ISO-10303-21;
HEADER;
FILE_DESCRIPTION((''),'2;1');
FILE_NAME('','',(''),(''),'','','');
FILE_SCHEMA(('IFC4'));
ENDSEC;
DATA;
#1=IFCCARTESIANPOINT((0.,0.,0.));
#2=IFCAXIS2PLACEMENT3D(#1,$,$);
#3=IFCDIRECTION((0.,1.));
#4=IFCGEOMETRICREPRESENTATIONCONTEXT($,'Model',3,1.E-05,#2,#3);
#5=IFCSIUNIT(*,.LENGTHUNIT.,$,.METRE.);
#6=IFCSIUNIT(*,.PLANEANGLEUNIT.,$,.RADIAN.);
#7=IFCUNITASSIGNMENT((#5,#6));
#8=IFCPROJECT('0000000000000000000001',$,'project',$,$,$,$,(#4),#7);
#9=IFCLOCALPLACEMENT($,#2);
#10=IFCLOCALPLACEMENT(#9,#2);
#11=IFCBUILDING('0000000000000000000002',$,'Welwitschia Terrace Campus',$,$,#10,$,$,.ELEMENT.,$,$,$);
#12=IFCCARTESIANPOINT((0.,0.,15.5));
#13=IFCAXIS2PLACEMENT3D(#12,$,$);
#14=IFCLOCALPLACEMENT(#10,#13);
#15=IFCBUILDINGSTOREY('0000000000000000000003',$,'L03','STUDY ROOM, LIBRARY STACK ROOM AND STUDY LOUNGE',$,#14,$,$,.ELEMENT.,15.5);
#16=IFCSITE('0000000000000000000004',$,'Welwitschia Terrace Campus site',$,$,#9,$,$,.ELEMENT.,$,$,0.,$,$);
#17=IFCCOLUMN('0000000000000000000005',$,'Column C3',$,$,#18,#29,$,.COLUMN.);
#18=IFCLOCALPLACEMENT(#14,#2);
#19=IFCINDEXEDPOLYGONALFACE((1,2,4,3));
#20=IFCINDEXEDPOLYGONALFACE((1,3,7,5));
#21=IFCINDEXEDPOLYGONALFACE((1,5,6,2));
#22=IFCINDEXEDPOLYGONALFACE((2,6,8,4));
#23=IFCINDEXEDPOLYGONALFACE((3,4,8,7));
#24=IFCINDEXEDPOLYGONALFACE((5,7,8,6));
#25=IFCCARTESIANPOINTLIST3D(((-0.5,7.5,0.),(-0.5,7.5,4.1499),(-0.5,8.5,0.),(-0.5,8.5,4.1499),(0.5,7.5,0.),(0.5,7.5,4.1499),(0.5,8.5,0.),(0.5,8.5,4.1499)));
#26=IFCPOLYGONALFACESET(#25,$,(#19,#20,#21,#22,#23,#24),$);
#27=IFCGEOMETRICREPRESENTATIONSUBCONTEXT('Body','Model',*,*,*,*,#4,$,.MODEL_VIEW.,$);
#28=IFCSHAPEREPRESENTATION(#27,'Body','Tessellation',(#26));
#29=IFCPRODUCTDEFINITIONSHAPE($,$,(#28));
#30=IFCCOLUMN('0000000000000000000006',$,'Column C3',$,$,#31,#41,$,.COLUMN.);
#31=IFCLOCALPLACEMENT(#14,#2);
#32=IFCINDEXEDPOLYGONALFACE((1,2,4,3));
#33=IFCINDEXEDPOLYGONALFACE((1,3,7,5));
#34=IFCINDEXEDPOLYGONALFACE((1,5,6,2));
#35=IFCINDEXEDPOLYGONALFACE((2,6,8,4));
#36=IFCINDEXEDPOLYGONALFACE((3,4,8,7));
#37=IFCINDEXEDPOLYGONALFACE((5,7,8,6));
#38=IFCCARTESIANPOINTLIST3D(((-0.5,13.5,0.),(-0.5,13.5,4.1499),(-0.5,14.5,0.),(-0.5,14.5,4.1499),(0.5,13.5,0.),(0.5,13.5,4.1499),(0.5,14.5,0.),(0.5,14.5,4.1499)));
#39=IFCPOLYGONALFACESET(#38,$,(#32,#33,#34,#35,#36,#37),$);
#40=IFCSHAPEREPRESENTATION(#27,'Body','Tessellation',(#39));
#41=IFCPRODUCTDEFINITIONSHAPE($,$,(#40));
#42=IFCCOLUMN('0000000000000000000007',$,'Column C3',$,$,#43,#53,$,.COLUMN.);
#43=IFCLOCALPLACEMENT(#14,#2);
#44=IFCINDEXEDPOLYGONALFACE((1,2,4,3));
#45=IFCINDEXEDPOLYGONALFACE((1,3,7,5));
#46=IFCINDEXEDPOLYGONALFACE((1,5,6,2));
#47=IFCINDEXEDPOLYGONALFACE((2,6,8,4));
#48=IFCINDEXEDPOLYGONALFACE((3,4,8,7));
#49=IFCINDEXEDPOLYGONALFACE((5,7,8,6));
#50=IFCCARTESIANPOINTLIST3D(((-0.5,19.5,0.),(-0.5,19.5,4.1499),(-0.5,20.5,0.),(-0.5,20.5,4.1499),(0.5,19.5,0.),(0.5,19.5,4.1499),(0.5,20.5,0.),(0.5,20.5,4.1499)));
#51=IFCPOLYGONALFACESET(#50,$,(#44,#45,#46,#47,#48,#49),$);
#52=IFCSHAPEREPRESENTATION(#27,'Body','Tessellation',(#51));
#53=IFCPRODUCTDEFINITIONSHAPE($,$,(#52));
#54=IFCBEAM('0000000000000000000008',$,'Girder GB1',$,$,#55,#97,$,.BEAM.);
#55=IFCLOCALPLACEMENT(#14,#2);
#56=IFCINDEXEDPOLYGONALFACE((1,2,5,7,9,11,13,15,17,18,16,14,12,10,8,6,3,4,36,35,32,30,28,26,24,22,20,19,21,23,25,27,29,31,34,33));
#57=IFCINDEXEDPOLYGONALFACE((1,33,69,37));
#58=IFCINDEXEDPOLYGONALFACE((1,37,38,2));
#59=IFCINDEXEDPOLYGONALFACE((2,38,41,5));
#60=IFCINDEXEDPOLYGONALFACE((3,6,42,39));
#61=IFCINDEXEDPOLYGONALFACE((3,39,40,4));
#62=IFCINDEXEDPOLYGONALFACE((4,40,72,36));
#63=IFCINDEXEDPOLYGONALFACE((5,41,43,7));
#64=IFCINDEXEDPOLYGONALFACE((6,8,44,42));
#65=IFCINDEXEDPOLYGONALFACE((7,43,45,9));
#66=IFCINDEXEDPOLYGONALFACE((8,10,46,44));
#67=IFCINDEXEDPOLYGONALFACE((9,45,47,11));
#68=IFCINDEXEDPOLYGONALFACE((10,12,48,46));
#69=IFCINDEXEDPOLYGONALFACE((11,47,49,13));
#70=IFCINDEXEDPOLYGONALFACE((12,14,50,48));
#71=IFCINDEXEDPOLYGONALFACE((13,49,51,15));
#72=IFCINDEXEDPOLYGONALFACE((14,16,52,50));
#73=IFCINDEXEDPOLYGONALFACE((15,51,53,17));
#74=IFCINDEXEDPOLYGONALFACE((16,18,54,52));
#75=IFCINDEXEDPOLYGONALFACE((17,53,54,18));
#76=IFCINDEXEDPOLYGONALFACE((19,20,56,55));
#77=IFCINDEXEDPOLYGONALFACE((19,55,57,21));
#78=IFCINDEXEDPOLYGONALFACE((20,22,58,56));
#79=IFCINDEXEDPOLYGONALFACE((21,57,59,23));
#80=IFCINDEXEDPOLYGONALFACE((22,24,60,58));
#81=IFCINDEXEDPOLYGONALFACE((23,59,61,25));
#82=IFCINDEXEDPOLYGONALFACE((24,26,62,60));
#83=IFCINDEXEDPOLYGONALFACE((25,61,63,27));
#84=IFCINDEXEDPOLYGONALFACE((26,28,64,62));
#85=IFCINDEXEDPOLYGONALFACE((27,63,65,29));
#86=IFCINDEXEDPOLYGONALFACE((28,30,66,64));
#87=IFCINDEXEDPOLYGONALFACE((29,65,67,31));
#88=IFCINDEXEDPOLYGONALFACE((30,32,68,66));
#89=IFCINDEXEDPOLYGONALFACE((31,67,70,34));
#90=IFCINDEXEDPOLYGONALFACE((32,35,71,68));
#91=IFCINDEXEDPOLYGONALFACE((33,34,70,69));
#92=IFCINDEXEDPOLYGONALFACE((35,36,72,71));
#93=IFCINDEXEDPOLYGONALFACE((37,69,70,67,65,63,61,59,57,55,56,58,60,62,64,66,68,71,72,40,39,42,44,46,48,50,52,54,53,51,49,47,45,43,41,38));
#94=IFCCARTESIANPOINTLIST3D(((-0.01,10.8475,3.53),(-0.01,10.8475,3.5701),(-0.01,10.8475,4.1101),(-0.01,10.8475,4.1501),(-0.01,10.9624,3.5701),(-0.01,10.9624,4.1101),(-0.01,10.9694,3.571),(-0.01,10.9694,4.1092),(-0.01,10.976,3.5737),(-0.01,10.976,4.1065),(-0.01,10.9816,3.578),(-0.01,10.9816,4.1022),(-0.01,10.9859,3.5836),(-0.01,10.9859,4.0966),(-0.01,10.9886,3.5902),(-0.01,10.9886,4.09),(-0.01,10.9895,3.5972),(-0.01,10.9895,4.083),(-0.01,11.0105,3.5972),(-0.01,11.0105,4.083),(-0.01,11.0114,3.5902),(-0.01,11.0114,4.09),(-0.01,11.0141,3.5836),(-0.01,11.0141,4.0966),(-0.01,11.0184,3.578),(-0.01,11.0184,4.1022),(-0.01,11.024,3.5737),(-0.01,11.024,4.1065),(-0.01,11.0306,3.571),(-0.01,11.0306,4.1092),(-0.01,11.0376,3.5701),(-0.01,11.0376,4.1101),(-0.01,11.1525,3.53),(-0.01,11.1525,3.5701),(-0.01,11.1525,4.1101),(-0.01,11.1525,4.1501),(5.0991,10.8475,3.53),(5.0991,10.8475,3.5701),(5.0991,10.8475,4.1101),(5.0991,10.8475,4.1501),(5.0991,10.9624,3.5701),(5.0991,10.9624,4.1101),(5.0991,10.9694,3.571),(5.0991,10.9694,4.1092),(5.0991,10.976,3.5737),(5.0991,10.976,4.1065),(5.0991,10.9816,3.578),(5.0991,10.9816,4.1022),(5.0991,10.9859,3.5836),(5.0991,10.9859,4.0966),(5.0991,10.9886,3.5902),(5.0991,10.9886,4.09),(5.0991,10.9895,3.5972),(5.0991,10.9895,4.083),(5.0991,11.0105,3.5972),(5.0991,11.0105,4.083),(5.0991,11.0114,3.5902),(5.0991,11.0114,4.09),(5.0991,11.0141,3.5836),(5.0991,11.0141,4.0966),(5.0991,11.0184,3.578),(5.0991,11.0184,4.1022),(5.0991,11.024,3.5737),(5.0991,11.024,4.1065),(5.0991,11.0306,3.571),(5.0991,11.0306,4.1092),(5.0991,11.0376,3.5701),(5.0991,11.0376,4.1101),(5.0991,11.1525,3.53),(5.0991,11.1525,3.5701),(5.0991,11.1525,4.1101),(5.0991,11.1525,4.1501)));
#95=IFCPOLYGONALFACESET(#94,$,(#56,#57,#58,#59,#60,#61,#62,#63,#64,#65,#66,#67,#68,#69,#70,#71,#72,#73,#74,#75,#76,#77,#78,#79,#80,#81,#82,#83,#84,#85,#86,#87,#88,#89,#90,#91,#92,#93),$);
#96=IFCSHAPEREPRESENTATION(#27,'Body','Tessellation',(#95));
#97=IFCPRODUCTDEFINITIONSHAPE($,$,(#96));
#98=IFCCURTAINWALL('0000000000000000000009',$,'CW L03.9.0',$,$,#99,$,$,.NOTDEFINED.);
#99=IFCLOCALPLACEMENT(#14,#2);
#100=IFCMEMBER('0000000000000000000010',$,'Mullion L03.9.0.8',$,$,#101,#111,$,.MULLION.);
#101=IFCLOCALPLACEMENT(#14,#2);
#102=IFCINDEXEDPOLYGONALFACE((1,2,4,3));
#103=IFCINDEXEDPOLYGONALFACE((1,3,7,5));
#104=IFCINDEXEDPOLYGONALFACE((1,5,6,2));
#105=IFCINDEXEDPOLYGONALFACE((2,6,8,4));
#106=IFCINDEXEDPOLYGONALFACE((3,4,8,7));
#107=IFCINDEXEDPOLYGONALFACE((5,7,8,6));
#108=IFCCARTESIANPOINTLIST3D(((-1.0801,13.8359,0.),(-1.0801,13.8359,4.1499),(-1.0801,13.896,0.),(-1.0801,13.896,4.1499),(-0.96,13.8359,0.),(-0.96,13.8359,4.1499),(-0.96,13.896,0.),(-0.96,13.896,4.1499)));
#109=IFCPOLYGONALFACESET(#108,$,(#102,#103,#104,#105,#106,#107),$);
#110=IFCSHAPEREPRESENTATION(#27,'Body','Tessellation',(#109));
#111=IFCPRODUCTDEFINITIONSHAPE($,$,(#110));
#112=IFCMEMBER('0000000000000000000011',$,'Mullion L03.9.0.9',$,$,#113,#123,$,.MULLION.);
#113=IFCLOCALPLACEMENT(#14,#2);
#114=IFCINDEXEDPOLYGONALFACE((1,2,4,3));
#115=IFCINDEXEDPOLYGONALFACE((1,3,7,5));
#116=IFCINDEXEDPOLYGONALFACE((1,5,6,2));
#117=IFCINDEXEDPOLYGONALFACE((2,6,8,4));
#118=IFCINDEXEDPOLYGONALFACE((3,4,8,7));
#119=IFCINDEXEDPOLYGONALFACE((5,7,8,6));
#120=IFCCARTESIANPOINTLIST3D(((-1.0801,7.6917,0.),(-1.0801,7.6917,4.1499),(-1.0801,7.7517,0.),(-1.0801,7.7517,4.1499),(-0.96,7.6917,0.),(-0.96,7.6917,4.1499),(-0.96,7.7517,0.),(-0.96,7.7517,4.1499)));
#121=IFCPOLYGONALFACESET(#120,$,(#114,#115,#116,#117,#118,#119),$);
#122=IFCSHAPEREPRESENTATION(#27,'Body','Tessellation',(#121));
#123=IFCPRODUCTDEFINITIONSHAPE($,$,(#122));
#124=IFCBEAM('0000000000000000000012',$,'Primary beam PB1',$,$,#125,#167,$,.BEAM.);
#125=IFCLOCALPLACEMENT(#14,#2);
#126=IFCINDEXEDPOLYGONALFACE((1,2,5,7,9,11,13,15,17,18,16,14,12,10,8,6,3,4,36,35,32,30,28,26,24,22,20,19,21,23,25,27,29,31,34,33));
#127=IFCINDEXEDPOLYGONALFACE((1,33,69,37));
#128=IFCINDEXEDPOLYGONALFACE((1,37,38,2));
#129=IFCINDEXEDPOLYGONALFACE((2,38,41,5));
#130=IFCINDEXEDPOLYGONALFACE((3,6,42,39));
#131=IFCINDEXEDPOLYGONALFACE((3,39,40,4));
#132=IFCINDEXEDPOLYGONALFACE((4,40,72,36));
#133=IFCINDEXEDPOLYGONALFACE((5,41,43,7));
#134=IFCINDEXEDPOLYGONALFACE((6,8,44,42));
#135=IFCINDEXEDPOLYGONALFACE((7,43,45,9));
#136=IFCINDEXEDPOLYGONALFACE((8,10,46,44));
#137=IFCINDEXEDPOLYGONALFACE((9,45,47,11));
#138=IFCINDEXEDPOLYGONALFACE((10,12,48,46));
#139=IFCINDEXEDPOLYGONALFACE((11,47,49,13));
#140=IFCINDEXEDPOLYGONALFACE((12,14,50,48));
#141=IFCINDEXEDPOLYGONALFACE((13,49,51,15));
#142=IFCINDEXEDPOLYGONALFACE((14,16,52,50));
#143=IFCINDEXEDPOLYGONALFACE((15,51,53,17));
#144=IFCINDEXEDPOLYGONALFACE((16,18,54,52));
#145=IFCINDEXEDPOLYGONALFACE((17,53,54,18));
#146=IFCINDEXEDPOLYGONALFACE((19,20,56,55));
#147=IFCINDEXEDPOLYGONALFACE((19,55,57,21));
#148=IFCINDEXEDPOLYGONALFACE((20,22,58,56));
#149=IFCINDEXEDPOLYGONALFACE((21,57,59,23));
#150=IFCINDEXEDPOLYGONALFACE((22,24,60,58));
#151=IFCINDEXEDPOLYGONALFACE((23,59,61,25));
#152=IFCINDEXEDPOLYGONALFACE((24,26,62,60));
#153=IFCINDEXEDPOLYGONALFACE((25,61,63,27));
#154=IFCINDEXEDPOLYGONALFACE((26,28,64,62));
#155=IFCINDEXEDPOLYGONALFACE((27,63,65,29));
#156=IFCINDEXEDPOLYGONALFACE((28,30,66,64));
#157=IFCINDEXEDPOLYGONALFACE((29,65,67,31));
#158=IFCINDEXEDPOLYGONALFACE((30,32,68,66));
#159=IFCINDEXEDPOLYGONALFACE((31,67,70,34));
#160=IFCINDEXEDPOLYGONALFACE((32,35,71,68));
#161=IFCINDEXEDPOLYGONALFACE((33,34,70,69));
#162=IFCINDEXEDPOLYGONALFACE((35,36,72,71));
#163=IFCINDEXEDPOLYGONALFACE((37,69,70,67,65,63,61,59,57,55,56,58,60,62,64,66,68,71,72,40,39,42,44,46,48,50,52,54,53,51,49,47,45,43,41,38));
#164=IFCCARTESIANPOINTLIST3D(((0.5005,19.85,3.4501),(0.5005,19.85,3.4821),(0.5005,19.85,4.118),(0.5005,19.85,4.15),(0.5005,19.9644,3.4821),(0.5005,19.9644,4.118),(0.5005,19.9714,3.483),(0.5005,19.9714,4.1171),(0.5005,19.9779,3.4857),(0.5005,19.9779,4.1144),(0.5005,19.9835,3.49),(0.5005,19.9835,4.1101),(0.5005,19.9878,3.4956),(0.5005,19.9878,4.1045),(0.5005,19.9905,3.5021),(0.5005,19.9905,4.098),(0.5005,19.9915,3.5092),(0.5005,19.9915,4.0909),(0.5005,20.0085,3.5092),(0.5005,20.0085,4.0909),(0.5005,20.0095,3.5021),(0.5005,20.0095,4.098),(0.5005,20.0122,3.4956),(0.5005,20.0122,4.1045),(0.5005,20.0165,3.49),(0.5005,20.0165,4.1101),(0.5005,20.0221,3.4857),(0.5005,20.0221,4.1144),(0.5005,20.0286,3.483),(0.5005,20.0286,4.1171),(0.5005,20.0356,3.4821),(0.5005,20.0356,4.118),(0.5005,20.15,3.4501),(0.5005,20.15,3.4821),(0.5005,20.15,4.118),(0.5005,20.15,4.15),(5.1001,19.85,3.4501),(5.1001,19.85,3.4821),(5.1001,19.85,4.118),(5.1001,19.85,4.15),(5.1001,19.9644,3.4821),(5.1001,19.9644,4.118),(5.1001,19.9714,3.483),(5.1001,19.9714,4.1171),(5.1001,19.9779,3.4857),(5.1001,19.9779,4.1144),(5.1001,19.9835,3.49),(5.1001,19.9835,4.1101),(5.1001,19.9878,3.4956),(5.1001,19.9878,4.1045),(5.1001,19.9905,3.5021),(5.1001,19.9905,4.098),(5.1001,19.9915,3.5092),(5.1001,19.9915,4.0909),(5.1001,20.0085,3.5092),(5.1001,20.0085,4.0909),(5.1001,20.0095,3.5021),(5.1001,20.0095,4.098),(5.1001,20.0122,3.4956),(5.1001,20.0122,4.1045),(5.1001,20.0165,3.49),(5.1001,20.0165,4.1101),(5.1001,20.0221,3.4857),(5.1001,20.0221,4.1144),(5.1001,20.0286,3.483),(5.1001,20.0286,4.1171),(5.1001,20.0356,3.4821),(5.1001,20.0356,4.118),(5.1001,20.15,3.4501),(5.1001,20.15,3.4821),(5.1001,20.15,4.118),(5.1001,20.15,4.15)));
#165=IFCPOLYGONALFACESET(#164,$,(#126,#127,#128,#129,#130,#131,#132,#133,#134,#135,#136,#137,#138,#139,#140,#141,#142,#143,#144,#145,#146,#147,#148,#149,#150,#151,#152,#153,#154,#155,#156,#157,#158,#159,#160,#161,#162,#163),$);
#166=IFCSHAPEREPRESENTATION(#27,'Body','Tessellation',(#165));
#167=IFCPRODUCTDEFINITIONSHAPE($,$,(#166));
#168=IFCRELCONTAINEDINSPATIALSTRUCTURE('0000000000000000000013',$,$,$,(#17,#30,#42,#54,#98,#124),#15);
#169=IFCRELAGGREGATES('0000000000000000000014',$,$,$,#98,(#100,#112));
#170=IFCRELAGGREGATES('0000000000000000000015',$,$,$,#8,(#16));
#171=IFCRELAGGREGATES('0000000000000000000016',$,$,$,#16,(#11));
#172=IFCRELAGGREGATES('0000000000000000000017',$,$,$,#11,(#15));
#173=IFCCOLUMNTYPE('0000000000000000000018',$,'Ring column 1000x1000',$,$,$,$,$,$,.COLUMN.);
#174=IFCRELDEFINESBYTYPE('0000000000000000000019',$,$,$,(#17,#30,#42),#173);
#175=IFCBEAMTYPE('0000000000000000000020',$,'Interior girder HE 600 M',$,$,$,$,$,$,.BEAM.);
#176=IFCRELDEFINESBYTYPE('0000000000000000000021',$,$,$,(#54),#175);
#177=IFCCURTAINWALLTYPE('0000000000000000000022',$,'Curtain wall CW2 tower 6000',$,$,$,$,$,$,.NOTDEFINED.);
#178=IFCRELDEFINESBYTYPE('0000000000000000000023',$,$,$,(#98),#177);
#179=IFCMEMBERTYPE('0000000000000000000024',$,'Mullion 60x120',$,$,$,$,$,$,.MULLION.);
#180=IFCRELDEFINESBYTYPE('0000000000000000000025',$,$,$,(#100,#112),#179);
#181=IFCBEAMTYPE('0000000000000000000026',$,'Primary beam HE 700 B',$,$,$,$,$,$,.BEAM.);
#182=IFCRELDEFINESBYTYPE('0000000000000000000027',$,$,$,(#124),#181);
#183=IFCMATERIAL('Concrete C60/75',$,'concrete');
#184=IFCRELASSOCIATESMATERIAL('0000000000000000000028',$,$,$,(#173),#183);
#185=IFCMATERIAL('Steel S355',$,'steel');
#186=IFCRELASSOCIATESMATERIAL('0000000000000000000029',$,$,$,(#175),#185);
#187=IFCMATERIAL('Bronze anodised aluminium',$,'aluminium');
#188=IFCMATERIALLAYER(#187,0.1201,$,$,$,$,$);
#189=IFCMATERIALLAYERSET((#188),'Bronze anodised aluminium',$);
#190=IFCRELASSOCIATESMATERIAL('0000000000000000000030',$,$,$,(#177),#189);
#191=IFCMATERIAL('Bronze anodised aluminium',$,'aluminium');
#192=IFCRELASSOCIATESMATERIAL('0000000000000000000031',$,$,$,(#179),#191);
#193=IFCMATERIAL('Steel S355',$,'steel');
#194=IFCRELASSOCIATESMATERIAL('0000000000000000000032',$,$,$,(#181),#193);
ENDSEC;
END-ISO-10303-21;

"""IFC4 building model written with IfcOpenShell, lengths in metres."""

from ifc_helpers import new_model, si_unit, direction, frame, origin, origin_2d, place, context, subcontext, project, spatial, rectangle, i_section, extrude, material, layer, layer_set, material_profile, profile_set, type_object, element, aggregate, save


model = new_model("IFC4")

# Units and contexts
model_context = context("Model", 3, precision=1e-05, world=origin(), true_north=direction((0.0, 1.0)))
body_context = subcontext(model_context, "Body", "Model", "MODEL_VIEW")
ifc_project = project(units=[si_unit("LENGTHUNIT", "METRE"), si_unit("PLANEANGLEUNIT", "RADIAN")], contexts=[model_context])

# Site, building, storey
site_placement = place(None, origin())
site = spatial("IfcSite", under=ifc_project, at=site_placement, Name="Welwitschia Terrace Campus site", CompositionType="ELEMENT", RefElevation=0.0)
building_placement = place(site_placement, origin())
building = spatial("IfcBuilding", under=site, at=building_placement, Name="Welwitschia Terrace Campus", CompositionType="ELEMENT")
storey_placement = place(building_placement, frame((0.0, 0.0, 15.5)))
storey = spatial("IfcBuildingStorey", under=building, at=storey_placement, Name="L03", Description="STUDY ROOM, LIBRARY STACK ROOM AND STUDY LOUNGE", CompositionType="ELEMENT", Elevation=15.5)

# Columns
ifc_material_1 = material(Name="Concrete C60/75", Category="concrete")
ifc_material_profile_1 = material_profile(ifc_material_1, rectangle(XDim=1.0, YDim=1.0, at=origin_2d()))
ifc_profile_set_1 = profile_set([ifc_material_profile_1], Name="Concrete C60/75")
column_type = type_object("IfcColumnType", Name="Ring column 1000x1000", PredefinedType="COLUMN", material=ifc_profile_set_1)
for number, where, z_axis, x_axis, name in (
    (1, (0.0, 8.0, 0.0), (0.0, 0.0, 1.0), (1.0, 0.0, 0.0), "Column C3"),
    (2, (0.0, 14.0, 0.0), (0.0, 0.0, 1.0), (1.0, 0.0, 0.0), "Column C3"),
    (3, (0.0, 20.0, 0.0), (0.0, 0.0, 1.0), (1.0, 0.0, 0.0), "Column C3"),
):
    element("IfcColumn", number, at=place(storey_placement, frame(where, z_axis=z_axis, x_axis=x_axis)), inside=storey, type_object=column_type, Name=name, PredefinedType="COLUMN", context=body_context, shape_type="SweptSolid", body=[
        extrude(rectangle(XDim=1.0, YDim=1.0, at=origin_2d()), origin(), (0.0, 0.0, 1.0), 4.1499),
    ])

# Beam
ifc_material_2 = material(Name="Steel S355", Category="steel")
ifc_material_profile_2 = material_profile(ifc_material_2, i_section(OverallWidth=0.3049, OverallDepth=0.6201, WebThickness=0.021, FlangeThickness=0.04, FilletRadius=0.0271, at=origin_2d()))
ifc_profile_set_2 = profile_set([ifc_material_profile_2], Name="Steel S355")
beam_type_1 = type_object("IfcBeamType", Name="Interior girder HE 600 M", PredefinedType="BEAM", material=ifc_profile_set_2)
beam_1_placement = place(storey_placement, frame((-0.01, 11.0, 3.8401), z_axis=(1.0, 0.0, 0.0), x_axis=(0.0, 1.0, 0.0)))
element("IfcBeam", 4, at=beam_1_placement, inside=storey, type_object=beam_type_1, Name="Girder GB1", PredefinedType="BEAM", context=body_context, shape_type="SweptSolid", body=[
    extrude(i_section(OverallWidth=0.3049, OverallDepth=0.6201, WebThickness=0.021, FlangeThickness=0.04, FilletRadius=0.0271, at=origin_2d()), origin(), (0.0, 0.0, 1.0), 5.1091),
])

# Curtain wall, members
ifc_material_3 = material(Name="Bronze anodised aluminium", Category="aluminium")
ifc_layer_1 = layer(ifc_material_3, 0.1201)
ifc_layer_set_1 = layer_set([ifc_layer_1], Name="Bronze anodised aluminium")
curtain_wall_type = type_object("IfcCurtainWallType", Name="Curtain wall CW2 tower 6000", PredefinedType="NOTDEFINED", material=ifc_layer_set_1)
curtain_wall_placement = place(storey_placement, origin())
curtain_wall = element("IfcCurtainWall", 5, at=curtain_wall_placement, inside=storey, type_object=curtain_wall_type, Name="CW L03.9.0", PredefinedType="NOTDEFINED")
ifc_material_4 = material(Name="Bronze anodised aluminium", Category="aluminium")
ifc_material_profile_3 = material_profile(ifc_material_4, rectangle(XDim=0.1201, YDim=0.0601, at=origin_2d()))
ifc_profile_set_3 = profile_set([ifc_material_profile_3], Name="Bronze anodised aluminium")
member_type = type_object("IfcMemberType", Name="Mullion 60x120", PredefinedType="MULLION", material=ifc_profile_set_3)
member_1_placement = place(storey_placement, frame((-1.02, 13.866, 0.0), z_axis=(0.0, 0.0, 1.0), x_axis=(1.0, 0.0, 0.0)))
member_1 = element("IfcMember", 6, at=member_1_placement, type_object=member_type, Name="Mullion L03.9.0.8", PredefinedType="MULLION", context=body_context, shape_type="SweptSolid", body=[
    extrude(rectangle(XDim=0.1201, YDim=0.0601, at=origin_2d()), origin(), (0.0, 0.0, 1.0), 4.1499),
])
member_2_placement = place(storey_placement, frame((-1.02, 7.7217, 0.0), z_axis=(0.0, 0.0, 1.0), x_axis=(1.0, 0.0, 0.0)))
member_2 = element("IfcMember", 7, at=member_2_placement, type_object=member_type, Name="Mullion L03.9.0.9", PredefinedType="MULLION", context=body_context, shape_type="SweptSolid", body=[
    extrude(rectangle(XDim=0.1201, YDim=0.0601, at=origin_2d()), origin(), (0.0, 0.0, 1.0), 4.1499),
])

# Beam
ifc_material_5 = material(Name="Steel S355", Category="steel")
ifc_material_profile_4 = material_profile(ifc_material_5, i_section(OverallWidth=0.3, OverallDepth=0.7, WebThickness=0.0171, FlangeThickness=0.032, FilletRadius=0.0271, at=origin_2d()))
ifc_profile_set_4 = profile_set([ifc_material_profile_4], Name="Steel S355")
beam_type_2 = type_object("IfcBeamType", Name="Primary beam HE 700 B", PredefinedType="BEAM", material=ifc_profile_set_4)
for number, where, z_axis, x_axis, name in (
    (8, (0.5005, 20.0, 3.8), (1.0, 0.0, 0.0), (0.0, 1.0, 0.0), "Primary beam PB1"),
):
    element("IfcBeam", number, at=place(storey_placement, frame(where, z_axis=z_axis, x_axis=x_axis)), inside=storey, type_object=beam_type_2, Name=name, PredefinedType="BEAM", context=body_context, shape_type="SweptSolid", body=[
        extrude(i_section(OverallWidth=0.3, OverallDepth=0.7, WebThickness=0.0171, FlangeThickness=0.032, FilletRadius=0.0271, at=origin_2d()), origin(), (0.0, 0.0, 1.0), 4.5996),
    ])

aggregate(curtain_wall, [member_1, member_2])

save(model, "model.ifc")
